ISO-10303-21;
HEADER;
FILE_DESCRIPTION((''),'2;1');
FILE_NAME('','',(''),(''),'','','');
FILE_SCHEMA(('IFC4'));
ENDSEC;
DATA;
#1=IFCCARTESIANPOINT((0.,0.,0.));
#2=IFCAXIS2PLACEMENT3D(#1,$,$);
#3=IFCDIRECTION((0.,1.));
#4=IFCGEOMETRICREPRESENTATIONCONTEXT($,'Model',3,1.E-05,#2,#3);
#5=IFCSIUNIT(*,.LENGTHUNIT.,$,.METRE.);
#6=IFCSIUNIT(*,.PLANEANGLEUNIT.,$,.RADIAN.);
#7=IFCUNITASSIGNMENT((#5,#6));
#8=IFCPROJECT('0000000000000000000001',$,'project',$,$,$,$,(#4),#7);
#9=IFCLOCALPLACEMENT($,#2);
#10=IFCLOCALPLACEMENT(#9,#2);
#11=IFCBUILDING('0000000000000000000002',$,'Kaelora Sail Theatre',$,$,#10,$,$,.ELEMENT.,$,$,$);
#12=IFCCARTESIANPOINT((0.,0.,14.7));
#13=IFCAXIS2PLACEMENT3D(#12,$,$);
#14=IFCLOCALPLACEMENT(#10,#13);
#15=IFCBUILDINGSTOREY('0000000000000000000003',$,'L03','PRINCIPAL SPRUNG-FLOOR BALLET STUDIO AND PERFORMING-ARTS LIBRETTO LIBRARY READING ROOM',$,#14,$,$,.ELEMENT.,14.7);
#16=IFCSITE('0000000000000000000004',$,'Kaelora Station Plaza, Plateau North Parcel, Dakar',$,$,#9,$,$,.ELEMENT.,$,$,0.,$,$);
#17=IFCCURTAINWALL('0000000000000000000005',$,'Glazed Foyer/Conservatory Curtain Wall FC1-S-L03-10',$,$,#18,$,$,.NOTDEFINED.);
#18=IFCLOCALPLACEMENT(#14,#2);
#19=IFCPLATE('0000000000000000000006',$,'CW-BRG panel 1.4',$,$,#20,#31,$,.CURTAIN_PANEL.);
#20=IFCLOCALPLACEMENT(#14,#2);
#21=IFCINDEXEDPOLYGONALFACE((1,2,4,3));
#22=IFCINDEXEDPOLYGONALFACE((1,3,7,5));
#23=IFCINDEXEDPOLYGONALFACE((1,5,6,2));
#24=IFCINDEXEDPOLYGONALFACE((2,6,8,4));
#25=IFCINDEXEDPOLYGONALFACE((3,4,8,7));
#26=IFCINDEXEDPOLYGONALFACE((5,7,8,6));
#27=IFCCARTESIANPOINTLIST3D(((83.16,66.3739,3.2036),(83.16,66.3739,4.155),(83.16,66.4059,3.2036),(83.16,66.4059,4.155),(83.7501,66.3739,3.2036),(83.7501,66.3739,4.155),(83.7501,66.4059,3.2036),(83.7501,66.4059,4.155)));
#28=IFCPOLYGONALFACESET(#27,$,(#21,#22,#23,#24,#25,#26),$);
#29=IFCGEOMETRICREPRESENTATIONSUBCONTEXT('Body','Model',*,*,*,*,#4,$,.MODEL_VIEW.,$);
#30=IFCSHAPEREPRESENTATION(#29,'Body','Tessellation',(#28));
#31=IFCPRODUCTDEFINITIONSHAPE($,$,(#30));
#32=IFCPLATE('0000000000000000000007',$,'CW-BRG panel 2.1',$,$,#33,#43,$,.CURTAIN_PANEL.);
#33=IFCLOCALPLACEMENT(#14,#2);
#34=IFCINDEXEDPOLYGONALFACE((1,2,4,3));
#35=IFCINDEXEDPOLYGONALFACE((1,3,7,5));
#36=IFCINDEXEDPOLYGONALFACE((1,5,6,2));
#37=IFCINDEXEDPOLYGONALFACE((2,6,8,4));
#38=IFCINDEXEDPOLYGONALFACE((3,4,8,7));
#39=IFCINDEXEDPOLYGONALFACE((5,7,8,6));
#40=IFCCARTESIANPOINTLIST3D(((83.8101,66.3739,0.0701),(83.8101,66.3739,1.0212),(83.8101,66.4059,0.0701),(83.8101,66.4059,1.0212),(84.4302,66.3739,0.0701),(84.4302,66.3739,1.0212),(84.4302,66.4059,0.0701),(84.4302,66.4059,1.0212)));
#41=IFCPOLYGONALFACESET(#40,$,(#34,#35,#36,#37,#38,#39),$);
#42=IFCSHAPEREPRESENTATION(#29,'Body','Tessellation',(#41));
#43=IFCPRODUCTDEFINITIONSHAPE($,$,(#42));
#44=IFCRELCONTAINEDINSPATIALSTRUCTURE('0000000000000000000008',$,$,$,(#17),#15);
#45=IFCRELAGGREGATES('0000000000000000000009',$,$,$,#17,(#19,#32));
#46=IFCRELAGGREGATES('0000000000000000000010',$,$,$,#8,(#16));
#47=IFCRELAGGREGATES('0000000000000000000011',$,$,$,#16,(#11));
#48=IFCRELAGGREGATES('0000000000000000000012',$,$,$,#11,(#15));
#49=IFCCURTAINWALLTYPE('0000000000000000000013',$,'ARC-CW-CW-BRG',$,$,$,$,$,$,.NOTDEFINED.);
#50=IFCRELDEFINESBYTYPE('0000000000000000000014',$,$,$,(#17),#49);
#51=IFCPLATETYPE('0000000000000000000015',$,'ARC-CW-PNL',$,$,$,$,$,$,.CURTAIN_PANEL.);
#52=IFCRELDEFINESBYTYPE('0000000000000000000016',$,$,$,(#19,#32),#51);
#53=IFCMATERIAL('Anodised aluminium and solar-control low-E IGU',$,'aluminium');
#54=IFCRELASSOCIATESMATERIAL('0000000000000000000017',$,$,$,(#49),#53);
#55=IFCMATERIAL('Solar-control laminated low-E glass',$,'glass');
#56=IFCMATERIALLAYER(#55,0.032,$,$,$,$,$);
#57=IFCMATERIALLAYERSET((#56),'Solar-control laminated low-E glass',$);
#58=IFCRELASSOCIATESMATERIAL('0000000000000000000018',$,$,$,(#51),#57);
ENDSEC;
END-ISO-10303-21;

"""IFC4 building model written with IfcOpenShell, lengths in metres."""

from ifc_helpers import new_model, si_unit, direction, frame, origin, origin_2d, place, context, subcontext, project, spatial, rectangle, extrude, material, layer, layer_set, type_object, element, aggregate, save


model = new_model("IFC4")

# Units and contexts
model_context = context("Model", 3, precision=1e-05, world=origin(), true_north=direction((0.0, 1.0)))
body_context = subcontext(model_context, "Body", "Model", "MODEL_VIEW")
ifc_project = project(units=[si_unit("LENGTHUNIT", "METRE"), si_unit("PLANEANGLEUNIT", "RADIAN")], contexts=[model_context])

# Site, building, storey
site_placement = place(None, origin())
site = spatial("IfcSite", under=ifc_project, at=site_placement, Name="Kaelora Station Plaza, Plateau North Parcel, Dakar", CompositionType="ELEMENT", RefElevation=0.0)
building_placement = place(site_placement, origin())
building = spatial("IfcBuilding", under=site, at=building_placement, Name="Kaelora Sail Theatre", CompositionType="ELEMENT")
storey_placement = place(building_placement, frame((0.0, 0.0, 14.7)))
storey = spatial("IfcBuildingStorey", under=building, at=storey_placement, Name="L03", Description="PRINCIPAL SPRUNG-FLOOR BALLET STUDIO AND PERFORMING-ARTS LIBRETTO LIBRARY READING ROOM", CompositionType="ELEMENT", Elevation=14.7)

# Shared definitions
ifc_material_1 = material(Name="Anodised aluminium and solar-control low-E IGU", Category="aluminium")
curtain_wall_type = type_object("IfcCurtainWallType", Name="ARC-CW-CW-BRG", PredefinedType="NOTDEFINED", material=ifc_material_1)

# Curtain wall
curtain_wall_1_placement = place(storey_placement, origin())
curtain_wall_1 = element("IfcCurtainWall", 1, at=curtain_wall_1_placement, inside=storey, type_object=curtain_wall_type, Name="Glazed Foyer/Conservatory Curtain Wall FC1-S-L03-10", PredefinedType="NOTDEFINED")

# Plates
ifc_material_2 = material(Name="Solar-control laminated low-E glass", Category="glass")
ifc_layer = layer(ifc_material_2, 0.032)
ifc_layer_set = layer_set([ifc_layer], Name="Solar-control laminated low-E glass")
plate_type = type_object("IfcPlateType", Name="ARC-CW-PNL", PredefinedType="CURTAIN_PANEL", material=ifc_layer_set)
plate_1_placement = place(storey_placement, frame((83.4551, 66.3899, 3.2036), z_axis=(0.0, 0.0, 1.0), x_axis=(1.0, 0.0, 0.0)))
plate_1 = element("IfcPlate", 2, at=plate_1_placement, type_object=plate_type, Name="CW-BRG panel 1.4", PredefinedType="CURTAIN_PANEL", context=body_context, shape_type="SweptSolid", body=[
    extrude(rectangle(XDim=0.5901, YDim=0.032, at=origin_2d()), origin(), (0.0, 0.0, 1.0), 0.9514),
])
plate_2_placement = place(storey_placement, frame((84.1201, 66.3899, 0.0701), z_axis=(0.0, 0.0, 1.0), x_axis=(1.0, 0.0, 0.0)))
plate_2 = element("IfcPlate", 3, at=plate_2_placement, type_object=plate_type, Name="CW-BRG panel 2.1", PredefinedType="CURTAIN_PANEL", context=body_context, shape_type="SweptSolid", body=[
    extrude(rectangle(XDim=0.6201, YDim=0.032, at=origin_2d()), origin(), (0.0, 0.0, 1.0), 0.9512),
])
aggregate(curtain_wall_1, [plate_1, plate_2])

save(model, "model.ifc")
